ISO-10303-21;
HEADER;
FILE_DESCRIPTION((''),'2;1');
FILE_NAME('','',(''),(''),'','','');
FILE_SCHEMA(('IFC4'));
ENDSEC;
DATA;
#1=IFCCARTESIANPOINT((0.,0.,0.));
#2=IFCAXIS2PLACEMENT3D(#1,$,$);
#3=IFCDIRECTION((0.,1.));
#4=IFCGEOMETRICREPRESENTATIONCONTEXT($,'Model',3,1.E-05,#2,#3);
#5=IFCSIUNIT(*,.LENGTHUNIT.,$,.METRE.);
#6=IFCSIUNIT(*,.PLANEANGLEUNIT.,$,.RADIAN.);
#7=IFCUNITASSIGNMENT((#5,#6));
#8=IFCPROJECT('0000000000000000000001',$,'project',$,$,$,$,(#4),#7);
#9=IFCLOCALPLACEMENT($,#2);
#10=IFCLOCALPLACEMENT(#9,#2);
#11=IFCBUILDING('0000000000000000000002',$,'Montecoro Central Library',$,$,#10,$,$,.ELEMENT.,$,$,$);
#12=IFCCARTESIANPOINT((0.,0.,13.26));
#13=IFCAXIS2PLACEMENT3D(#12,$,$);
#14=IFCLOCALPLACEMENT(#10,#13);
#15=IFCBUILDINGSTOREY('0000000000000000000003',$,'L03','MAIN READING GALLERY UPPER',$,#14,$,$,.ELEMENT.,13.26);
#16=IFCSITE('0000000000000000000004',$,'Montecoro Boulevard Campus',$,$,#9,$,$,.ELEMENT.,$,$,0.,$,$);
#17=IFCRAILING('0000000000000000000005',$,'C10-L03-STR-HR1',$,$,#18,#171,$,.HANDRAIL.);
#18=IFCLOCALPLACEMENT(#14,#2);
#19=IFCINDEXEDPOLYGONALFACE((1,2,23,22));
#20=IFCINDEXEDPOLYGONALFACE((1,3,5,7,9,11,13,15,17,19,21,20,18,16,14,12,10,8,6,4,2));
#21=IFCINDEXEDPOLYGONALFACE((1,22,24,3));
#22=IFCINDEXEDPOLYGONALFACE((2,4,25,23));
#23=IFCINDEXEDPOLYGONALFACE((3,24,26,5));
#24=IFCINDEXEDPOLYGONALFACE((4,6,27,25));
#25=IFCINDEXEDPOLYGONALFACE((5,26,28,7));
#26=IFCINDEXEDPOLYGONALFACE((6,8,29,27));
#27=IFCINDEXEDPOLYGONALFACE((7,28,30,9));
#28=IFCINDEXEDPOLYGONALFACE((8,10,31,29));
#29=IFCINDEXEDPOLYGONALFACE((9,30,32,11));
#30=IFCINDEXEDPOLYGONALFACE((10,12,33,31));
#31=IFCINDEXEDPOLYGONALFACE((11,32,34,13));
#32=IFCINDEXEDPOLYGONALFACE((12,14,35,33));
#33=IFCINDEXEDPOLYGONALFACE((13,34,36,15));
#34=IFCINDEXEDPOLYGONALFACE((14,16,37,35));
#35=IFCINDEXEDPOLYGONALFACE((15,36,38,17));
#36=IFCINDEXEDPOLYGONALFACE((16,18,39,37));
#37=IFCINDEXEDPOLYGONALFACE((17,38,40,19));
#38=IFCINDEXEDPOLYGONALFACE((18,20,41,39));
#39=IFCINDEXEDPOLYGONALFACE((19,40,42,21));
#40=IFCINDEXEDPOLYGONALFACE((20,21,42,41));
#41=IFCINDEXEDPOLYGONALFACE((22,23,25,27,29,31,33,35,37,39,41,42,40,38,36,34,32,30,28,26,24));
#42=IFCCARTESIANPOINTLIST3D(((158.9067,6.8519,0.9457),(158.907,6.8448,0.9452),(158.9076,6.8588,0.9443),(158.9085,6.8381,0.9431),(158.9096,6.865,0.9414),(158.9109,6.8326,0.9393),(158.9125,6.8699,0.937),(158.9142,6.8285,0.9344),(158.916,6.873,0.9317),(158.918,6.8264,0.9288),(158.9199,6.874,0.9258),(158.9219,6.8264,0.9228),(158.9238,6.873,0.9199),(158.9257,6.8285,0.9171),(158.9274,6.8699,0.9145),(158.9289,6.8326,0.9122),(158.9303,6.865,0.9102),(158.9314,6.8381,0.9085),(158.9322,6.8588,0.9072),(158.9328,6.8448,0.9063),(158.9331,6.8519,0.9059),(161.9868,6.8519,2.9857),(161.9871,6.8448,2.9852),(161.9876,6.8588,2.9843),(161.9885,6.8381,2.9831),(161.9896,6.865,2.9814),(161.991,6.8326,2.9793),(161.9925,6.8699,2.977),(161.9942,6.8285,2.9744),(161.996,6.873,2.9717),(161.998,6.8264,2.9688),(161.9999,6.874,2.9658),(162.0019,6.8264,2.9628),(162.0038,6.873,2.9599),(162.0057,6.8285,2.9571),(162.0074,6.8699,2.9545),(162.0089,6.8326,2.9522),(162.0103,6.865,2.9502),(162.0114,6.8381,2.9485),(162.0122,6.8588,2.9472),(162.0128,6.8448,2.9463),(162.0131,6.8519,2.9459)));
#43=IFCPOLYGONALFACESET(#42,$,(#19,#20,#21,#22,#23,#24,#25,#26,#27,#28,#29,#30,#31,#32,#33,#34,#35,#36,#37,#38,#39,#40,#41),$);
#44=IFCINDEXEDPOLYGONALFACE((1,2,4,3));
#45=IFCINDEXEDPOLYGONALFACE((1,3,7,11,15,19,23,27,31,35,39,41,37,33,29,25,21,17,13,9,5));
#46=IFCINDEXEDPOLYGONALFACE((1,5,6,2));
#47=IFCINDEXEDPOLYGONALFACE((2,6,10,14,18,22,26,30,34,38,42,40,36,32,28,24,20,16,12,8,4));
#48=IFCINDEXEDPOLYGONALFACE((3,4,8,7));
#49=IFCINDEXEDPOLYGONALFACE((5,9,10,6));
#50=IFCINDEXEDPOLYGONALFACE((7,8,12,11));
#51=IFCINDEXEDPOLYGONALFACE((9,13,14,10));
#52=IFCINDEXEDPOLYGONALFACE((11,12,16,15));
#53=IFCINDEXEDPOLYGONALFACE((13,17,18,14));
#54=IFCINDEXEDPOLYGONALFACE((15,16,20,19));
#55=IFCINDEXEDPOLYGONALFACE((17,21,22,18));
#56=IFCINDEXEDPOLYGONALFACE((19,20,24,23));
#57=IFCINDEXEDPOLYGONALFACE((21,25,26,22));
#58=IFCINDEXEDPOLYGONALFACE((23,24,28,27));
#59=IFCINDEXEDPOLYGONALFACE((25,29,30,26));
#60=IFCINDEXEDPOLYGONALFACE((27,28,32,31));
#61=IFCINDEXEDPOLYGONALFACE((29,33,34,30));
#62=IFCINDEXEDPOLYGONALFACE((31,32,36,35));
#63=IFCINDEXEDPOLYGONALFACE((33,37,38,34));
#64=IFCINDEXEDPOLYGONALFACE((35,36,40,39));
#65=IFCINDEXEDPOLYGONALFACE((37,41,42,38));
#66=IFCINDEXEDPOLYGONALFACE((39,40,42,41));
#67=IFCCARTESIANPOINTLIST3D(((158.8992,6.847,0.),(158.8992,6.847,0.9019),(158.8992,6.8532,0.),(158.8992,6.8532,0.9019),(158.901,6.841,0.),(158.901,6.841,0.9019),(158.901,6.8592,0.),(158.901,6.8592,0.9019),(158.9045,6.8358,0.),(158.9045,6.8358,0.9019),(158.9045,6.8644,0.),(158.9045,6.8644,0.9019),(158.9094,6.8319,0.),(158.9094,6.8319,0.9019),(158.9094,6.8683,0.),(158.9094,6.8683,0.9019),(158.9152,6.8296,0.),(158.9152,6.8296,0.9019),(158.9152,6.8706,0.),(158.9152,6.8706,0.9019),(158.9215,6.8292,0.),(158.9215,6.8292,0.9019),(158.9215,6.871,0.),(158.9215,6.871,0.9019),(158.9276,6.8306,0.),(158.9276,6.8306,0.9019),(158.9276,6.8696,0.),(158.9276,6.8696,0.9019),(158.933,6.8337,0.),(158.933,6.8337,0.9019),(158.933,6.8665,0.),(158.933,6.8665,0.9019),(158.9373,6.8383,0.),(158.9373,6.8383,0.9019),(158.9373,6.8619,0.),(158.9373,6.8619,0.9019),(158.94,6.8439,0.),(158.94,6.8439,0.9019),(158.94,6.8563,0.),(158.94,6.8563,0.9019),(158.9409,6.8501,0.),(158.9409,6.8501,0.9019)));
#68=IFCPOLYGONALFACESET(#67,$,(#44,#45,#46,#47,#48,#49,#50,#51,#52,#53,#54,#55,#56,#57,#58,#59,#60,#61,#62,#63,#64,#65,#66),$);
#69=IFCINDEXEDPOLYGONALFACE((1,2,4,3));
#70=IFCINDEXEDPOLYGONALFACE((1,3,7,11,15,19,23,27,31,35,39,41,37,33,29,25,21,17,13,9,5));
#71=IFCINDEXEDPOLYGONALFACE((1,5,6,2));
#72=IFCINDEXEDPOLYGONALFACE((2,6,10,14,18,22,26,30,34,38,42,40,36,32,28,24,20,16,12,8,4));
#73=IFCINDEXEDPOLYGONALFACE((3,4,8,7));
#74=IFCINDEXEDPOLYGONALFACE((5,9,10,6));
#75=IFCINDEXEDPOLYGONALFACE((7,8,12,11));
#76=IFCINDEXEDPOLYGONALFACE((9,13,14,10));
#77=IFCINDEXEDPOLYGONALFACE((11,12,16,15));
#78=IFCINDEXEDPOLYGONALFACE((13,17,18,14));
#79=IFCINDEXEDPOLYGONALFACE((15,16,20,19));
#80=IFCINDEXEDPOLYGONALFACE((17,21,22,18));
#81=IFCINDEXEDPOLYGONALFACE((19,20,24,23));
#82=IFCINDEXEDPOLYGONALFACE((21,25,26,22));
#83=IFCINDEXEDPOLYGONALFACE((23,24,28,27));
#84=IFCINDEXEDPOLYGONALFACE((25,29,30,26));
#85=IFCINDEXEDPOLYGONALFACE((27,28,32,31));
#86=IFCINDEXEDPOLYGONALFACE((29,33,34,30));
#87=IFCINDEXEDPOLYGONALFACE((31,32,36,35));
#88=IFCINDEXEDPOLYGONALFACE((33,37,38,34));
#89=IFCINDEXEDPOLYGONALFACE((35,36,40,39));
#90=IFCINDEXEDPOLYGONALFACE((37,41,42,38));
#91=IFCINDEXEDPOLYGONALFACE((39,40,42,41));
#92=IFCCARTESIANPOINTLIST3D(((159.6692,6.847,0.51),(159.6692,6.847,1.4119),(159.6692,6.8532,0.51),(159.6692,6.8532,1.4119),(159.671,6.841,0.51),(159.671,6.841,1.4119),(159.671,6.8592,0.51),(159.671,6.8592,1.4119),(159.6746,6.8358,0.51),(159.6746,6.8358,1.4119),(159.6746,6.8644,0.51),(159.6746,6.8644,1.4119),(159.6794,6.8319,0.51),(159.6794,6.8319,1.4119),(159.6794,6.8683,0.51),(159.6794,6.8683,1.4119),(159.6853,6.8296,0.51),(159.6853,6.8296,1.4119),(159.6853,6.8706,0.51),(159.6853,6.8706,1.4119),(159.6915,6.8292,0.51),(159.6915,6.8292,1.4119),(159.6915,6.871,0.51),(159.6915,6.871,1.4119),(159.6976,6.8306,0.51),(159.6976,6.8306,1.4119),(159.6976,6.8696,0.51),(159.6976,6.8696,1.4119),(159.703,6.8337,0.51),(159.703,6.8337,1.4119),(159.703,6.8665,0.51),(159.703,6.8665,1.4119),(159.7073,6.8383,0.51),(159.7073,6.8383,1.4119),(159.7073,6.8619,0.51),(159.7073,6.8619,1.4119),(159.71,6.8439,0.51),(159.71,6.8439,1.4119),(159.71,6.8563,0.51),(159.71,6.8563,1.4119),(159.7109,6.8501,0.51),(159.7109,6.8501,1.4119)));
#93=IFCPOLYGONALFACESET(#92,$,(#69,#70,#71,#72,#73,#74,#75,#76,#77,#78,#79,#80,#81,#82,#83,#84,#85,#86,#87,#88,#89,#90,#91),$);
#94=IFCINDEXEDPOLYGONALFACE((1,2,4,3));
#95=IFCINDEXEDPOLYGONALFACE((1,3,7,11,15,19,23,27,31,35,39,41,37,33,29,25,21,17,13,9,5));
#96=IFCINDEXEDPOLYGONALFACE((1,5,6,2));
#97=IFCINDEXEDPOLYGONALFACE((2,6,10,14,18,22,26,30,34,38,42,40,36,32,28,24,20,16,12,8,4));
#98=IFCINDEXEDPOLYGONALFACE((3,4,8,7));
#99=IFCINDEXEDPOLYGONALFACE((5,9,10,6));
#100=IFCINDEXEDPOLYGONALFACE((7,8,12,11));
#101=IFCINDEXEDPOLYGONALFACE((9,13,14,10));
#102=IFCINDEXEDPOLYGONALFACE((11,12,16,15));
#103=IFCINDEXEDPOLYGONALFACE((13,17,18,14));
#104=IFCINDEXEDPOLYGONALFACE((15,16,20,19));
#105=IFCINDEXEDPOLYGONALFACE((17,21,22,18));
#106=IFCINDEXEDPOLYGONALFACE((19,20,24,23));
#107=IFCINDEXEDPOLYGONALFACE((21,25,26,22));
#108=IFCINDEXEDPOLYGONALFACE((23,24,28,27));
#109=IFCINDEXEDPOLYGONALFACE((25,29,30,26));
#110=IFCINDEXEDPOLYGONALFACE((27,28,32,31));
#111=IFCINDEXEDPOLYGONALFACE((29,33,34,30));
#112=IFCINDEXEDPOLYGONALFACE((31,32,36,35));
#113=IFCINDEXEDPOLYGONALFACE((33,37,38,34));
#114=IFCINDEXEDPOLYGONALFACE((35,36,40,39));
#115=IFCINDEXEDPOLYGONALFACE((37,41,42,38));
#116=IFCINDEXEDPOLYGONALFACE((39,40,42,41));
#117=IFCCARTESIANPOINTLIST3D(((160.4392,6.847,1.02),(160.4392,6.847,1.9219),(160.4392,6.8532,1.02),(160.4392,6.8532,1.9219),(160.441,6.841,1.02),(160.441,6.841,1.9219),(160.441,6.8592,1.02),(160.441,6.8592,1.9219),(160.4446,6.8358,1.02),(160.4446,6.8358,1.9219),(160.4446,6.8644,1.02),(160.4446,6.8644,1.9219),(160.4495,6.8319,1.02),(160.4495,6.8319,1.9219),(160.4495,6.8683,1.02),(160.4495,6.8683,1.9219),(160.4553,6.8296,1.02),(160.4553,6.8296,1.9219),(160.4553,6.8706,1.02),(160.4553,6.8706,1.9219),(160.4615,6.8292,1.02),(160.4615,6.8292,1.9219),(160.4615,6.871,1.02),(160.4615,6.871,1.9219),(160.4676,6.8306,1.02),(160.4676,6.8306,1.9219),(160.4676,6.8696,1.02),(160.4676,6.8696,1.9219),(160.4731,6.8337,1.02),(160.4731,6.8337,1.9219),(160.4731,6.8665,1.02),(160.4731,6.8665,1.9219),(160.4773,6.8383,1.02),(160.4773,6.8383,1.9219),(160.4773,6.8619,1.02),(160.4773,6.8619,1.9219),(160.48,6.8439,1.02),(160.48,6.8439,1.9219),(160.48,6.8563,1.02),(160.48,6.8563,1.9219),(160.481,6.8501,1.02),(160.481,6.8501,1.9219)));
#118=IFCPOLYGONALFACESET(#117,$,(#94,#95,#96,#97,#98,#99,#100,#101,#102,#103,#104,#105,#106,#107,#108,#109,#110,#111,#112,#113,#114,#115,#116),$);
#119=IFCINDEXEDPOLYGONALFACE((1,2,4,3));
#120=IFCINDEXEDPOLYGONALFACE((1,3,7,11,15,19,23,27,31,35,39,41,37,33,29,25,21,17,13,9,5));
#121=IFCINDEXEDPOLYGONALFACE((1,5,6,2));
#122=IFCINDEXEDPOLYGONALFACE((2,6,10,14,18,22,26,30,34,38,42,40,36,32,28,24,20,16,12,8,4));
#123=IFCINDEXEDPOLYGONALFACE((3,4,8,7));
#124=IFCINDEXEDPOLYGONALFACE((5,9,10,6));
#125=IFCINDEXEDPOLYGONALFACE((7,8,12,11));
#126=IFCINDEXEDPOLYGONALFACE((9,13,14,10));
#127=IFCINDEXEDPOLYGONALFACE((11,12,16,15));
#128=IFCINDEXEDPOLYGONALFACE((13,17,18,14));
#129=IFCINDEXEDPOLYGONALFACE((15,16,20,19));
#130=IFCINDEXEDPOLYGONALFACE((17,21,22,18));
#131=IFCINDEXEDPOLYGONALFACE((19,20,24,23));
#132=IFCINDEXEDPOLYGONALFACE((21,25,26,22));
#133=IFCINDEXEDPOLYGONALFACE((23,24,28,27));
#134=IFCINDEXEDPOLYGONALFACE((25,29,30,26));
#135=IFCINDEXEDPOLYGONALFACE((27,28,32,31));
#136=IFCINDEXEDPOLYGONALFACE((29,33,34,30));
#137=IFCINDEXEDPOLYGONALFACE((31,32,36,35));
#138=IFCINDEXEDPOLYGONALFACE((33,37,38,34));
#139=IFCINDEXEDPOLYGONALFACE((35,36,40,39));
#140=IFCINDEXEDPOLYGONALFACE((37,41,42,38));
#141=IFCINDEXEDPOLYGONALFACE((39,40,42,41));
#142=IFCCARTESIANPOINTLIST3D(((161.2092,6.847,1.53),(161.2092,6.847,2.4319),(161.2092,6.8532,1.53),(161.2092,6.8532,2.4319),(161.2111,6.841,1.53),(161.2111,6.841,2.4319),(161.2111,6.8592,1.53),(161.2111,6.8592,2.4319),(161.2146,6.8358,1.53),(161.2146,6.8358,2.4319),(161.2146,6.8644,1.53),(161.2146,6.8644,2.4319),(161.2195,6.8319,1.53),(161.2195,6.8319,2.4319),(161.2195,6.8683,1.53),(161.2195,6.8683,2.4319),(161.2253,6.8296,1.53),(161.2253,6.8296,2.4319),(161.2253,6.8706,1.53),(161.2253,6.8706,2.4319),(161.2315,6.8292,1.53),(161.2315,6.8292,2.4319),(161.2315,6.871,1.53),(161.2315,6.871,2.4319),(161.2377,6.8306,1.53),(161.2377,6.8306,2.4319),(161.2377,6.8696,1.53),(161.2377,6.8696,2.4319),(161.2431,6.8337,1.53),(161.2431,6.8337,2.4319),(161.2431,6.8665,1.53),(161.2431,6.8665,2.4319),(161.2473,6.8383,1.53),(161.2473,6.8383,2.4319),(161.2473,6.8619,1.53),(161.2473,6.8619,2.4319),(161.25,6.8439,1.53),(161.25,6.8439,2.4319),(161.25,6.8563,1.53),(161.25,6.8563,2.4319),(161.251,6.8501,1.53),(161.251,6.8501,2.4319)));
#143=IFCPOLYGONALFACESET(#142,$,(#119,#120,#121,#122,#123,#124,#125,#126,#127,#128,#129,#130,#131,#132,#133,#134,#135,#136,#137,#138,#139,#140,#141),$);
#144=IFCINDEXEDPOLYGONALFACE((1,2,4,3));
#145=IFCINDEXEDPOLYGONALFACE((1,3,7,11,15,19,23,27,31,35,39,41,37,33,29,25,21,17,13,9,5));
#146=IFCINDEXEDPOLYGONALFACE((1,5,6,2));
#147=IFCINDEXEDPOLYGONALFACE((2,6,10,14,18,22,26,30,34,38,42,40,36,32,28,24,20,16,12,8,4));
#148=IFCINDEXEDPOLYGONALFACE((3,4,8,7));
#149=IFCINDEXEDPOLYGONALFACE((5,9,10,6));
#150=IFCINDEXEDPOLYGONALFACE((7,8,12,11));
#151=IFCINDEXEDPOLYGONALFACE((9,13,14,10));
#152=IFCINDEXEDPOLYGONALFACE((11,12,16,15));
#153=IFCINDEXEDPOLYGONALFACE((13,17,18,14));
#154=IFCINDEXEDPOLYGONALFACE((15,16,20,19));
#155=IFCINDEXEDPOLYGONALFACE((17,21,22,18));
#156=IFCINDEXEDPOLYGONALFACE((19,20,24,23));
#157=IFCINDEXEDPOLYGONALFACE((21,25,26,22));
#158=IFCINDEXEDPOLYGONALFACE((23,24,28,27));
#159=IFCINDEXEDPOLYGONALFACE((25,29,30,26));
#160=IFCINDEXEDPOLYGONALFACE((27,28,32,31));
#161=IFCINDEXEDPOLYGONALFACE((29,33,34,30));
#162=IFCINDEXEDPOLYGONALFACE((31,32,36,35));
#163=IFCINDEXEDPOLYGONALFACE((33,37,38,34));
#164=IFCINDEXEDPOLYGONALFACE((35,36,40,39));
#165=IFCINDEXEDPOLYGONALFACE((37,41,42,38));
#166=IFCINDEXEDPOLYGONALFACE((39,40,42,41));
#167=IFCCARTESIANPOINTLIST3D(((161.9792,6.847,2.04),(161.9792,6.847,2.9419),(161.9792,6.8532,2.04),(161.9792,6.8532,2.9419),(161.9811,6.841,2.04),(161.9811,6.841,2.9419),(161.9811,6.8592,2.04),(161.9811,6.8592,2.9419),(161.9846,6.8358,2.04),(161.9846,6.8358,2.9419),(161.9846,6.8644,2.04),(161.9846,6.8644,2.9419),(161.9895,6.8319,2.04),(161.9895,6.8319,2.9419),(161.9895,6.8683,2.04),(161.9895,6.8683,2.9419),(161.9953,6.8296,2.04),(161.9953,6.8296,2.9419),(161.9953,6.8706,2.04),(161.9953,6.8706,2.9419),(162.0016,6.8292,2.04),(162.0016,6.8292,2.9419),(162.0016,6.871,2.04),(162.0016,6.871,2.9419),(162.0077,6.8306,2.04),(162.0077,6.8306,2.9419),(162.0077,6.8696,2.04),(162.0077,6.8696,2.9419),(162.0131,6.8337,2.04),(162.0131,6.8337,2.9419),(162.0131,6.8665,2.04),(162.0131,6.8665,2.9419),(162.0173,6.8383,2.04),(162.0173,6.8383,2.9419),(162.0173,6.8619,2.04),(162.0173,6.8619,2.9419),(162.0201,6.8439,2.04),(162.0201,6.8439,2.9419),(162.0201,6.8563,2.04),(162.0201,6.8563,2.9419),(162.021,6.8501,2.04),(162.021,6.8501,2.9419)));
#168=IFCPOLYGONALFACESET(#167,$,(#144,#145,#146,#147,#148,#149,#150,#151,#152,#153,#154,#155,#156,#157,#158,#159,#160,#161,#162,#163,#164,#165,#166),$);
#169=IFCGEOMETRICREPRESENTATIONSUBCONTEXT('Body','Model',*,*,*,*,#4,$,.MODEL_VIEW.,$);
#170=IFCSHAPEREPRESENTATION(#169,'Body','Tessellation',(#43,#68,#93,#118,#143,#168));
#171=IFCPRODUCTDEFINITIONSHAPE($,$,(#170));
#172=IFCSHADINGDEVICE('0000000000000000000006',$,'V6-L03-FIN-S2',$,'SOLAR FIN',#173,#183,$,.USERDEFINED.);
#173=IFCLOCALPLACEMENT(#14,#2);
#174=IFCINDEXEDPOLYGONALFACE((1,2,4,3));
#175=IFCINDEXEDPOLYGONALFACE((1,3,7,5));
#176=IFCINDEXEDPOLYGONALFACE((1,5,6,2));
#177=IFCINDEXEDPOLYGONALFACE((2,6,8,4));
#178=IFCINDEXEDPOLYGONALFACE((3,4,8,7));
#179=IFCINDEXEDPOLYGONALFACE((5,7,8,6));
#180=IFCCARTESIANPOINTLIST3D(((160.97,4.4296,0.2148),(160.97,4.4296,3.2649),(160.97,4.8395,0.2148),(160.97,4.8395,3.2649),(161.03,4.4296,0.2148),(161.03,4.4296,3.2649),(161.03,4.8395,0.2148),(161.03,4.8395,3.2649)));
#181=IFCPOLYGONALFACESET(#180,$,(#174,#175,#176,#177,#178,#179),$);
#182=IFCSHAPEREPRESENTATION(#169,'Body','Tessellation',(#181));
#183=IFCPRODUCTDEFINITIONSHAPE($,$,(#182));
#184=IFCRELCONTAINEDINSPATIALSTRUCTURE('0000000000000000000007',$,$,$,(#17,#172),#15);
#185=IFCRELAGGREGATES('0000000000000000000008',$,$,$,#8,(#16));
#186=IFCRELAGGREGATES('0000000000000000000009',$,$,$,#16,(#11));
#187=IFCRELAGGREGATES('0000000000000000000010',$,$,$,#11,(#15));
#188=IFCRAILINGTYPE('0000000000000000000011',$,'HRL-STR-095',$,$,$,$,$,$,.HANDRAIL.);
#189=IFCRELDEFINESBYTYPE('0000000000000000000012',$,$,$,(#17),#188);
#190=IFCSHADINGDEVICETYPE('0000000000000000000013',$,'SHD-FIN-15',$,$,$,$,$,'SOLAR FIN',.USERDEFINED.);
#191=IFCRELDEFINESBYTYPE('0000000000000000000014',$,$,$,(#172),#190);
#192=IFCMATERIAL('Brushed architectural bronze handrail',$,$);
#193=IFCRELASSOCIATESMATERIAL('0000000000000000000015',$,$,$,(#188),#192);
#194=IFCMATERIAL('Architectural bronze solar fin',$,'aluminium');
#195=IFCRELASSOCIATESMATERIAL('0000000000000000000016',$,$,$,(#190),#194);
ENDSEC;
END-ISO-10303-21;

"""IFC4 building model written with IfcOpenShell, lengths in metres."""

from ifc_helpers import new_model, si_unit, direction, frame, origin, origin_2d, place, context, subcontext, project, spatial, rectangle, circle, extrude, material, type_object, element, save


model = new_model("IFC4")

# Units and contexts
model_context = context("Model", 3, precision=1e-05, world=origin(), true_north=direction((0.0, 1.0)))
body_context = subcontext(model_context, "Body", "Model", "MODEL_VIEW")
ifc_project = project(units=[si_unit("LENGTHUNIT", "METRE"), si_unit("PLANEANGLEUNIT", "RADIAN")], contexts=[model_context])

# Site, building, storey
site_placement = place(None, origin())
site = spatial("IfcSite", under=ifc_project, at=site_placement, Name="Montecoro Boulevard Campus", CompositionType="ELEMENT", RefElevation=0.0)
building_placement = place(site_placement, origin())
building = spatial("IfcBuilding", under=site, at=building_placement, Name="Montecoro Central Library", CompositionType="ELEMENT")
storey_placement = place(building_placement, frame((0.0, 0.0, 13.26)))
storey = spatial("IfcBuildingStorey", under=building, at=storey_placement, Name="L03", Description="MAIN READING GALLERY UPPER", CompositionType="ELEMENT", Elevation=13.26)

# Railing
ifc_material_1 = material(Name="Brushed architectural bronze handrail")
railing_type_1 = type_object("IfcRailingType", Name="HRL-STR-095", PredefinedType="HANDRAIL", material=ifc_material_1)
railing_1_placement = place(storey_placement, frame((158.9199, 6.8501, 0.0)))
element("IfcRailing", 1, at=railing_1_placement, inside=storey, type_object=railing_type_1, Name="C10-L03-STR-HR1", PredefinedType="HANDRAIL", context=body_context, shape_type="SweptSolid", body=[
    extrude(circle(Radius=0.0239, at=origin_2d()), frame((0.0, 0.0, 0.9258), z_axis=(0.833714, 0.0, 0.552197), x_axis=(0.0, 1.0, 0.0)), (0.0, 0.0, 1.0), 3.6943),
    extrude(circle(Radius=0.021, at=origin_2d()), origin(), (0.0, 0.0, 1.0), 0.9019),
    extrude(circle(Radius=0.021, at=origin_2d()), frame((0.77, 0.0, 0.51)), (0.0, 0.0, 1.0), 0.9019),
    extrude(circle(Radius=0.021, at=origin_2d()), frame((1.54, 0.0, 1.02)), (0.0, 0.0, 1.0), 0.9019),
    extrude(circle(Radius=0.021, at=origin_2d()), frame((2.3101, 0.0, 1.53)), (0.0, 0.0, 1.0), 0.9019),
    extrude(circle(Radius=0.021, at=origin_2d()), frame((3.0801, 0.0, 2.04)), (0.0, 0.0, 1.0), 0.9019),
])

# Shading device
ifc_material_2 = material(Name="Architectural bronze solar fin", Category="aluminium")
shading_device_type = type_object("IfcShadingDeviceType", Name="SHD-FIN-15", ElementType="SOLAR FIN", PredefinedType="USERDEFINED", material=ifc_material_2)
shading_device_placement = place(storey_placement, frame((161.0, 4.6345, 0.2148), z_axis=(0.0, 0.0, 1.0), x_axis=(1.0, 0.0, 0.0)))
element("IfcShadingDevice", 2, at=shading_device_placement, inside=storey, type_object=shading_device_type, Name="V6-L03-FIN-S2", ObjectType="SOLAR FIN", PredefinedType="USERDEFINED", context=body_context, shape_type="SweptSolid", body=[
    extrude(rectangle(XDim=0.0601, YDim=0.4099, at=origin_2d()), origin(), (0.0, 0.0, 1.0), 3.05),
])

save(model, "model.ifc")
